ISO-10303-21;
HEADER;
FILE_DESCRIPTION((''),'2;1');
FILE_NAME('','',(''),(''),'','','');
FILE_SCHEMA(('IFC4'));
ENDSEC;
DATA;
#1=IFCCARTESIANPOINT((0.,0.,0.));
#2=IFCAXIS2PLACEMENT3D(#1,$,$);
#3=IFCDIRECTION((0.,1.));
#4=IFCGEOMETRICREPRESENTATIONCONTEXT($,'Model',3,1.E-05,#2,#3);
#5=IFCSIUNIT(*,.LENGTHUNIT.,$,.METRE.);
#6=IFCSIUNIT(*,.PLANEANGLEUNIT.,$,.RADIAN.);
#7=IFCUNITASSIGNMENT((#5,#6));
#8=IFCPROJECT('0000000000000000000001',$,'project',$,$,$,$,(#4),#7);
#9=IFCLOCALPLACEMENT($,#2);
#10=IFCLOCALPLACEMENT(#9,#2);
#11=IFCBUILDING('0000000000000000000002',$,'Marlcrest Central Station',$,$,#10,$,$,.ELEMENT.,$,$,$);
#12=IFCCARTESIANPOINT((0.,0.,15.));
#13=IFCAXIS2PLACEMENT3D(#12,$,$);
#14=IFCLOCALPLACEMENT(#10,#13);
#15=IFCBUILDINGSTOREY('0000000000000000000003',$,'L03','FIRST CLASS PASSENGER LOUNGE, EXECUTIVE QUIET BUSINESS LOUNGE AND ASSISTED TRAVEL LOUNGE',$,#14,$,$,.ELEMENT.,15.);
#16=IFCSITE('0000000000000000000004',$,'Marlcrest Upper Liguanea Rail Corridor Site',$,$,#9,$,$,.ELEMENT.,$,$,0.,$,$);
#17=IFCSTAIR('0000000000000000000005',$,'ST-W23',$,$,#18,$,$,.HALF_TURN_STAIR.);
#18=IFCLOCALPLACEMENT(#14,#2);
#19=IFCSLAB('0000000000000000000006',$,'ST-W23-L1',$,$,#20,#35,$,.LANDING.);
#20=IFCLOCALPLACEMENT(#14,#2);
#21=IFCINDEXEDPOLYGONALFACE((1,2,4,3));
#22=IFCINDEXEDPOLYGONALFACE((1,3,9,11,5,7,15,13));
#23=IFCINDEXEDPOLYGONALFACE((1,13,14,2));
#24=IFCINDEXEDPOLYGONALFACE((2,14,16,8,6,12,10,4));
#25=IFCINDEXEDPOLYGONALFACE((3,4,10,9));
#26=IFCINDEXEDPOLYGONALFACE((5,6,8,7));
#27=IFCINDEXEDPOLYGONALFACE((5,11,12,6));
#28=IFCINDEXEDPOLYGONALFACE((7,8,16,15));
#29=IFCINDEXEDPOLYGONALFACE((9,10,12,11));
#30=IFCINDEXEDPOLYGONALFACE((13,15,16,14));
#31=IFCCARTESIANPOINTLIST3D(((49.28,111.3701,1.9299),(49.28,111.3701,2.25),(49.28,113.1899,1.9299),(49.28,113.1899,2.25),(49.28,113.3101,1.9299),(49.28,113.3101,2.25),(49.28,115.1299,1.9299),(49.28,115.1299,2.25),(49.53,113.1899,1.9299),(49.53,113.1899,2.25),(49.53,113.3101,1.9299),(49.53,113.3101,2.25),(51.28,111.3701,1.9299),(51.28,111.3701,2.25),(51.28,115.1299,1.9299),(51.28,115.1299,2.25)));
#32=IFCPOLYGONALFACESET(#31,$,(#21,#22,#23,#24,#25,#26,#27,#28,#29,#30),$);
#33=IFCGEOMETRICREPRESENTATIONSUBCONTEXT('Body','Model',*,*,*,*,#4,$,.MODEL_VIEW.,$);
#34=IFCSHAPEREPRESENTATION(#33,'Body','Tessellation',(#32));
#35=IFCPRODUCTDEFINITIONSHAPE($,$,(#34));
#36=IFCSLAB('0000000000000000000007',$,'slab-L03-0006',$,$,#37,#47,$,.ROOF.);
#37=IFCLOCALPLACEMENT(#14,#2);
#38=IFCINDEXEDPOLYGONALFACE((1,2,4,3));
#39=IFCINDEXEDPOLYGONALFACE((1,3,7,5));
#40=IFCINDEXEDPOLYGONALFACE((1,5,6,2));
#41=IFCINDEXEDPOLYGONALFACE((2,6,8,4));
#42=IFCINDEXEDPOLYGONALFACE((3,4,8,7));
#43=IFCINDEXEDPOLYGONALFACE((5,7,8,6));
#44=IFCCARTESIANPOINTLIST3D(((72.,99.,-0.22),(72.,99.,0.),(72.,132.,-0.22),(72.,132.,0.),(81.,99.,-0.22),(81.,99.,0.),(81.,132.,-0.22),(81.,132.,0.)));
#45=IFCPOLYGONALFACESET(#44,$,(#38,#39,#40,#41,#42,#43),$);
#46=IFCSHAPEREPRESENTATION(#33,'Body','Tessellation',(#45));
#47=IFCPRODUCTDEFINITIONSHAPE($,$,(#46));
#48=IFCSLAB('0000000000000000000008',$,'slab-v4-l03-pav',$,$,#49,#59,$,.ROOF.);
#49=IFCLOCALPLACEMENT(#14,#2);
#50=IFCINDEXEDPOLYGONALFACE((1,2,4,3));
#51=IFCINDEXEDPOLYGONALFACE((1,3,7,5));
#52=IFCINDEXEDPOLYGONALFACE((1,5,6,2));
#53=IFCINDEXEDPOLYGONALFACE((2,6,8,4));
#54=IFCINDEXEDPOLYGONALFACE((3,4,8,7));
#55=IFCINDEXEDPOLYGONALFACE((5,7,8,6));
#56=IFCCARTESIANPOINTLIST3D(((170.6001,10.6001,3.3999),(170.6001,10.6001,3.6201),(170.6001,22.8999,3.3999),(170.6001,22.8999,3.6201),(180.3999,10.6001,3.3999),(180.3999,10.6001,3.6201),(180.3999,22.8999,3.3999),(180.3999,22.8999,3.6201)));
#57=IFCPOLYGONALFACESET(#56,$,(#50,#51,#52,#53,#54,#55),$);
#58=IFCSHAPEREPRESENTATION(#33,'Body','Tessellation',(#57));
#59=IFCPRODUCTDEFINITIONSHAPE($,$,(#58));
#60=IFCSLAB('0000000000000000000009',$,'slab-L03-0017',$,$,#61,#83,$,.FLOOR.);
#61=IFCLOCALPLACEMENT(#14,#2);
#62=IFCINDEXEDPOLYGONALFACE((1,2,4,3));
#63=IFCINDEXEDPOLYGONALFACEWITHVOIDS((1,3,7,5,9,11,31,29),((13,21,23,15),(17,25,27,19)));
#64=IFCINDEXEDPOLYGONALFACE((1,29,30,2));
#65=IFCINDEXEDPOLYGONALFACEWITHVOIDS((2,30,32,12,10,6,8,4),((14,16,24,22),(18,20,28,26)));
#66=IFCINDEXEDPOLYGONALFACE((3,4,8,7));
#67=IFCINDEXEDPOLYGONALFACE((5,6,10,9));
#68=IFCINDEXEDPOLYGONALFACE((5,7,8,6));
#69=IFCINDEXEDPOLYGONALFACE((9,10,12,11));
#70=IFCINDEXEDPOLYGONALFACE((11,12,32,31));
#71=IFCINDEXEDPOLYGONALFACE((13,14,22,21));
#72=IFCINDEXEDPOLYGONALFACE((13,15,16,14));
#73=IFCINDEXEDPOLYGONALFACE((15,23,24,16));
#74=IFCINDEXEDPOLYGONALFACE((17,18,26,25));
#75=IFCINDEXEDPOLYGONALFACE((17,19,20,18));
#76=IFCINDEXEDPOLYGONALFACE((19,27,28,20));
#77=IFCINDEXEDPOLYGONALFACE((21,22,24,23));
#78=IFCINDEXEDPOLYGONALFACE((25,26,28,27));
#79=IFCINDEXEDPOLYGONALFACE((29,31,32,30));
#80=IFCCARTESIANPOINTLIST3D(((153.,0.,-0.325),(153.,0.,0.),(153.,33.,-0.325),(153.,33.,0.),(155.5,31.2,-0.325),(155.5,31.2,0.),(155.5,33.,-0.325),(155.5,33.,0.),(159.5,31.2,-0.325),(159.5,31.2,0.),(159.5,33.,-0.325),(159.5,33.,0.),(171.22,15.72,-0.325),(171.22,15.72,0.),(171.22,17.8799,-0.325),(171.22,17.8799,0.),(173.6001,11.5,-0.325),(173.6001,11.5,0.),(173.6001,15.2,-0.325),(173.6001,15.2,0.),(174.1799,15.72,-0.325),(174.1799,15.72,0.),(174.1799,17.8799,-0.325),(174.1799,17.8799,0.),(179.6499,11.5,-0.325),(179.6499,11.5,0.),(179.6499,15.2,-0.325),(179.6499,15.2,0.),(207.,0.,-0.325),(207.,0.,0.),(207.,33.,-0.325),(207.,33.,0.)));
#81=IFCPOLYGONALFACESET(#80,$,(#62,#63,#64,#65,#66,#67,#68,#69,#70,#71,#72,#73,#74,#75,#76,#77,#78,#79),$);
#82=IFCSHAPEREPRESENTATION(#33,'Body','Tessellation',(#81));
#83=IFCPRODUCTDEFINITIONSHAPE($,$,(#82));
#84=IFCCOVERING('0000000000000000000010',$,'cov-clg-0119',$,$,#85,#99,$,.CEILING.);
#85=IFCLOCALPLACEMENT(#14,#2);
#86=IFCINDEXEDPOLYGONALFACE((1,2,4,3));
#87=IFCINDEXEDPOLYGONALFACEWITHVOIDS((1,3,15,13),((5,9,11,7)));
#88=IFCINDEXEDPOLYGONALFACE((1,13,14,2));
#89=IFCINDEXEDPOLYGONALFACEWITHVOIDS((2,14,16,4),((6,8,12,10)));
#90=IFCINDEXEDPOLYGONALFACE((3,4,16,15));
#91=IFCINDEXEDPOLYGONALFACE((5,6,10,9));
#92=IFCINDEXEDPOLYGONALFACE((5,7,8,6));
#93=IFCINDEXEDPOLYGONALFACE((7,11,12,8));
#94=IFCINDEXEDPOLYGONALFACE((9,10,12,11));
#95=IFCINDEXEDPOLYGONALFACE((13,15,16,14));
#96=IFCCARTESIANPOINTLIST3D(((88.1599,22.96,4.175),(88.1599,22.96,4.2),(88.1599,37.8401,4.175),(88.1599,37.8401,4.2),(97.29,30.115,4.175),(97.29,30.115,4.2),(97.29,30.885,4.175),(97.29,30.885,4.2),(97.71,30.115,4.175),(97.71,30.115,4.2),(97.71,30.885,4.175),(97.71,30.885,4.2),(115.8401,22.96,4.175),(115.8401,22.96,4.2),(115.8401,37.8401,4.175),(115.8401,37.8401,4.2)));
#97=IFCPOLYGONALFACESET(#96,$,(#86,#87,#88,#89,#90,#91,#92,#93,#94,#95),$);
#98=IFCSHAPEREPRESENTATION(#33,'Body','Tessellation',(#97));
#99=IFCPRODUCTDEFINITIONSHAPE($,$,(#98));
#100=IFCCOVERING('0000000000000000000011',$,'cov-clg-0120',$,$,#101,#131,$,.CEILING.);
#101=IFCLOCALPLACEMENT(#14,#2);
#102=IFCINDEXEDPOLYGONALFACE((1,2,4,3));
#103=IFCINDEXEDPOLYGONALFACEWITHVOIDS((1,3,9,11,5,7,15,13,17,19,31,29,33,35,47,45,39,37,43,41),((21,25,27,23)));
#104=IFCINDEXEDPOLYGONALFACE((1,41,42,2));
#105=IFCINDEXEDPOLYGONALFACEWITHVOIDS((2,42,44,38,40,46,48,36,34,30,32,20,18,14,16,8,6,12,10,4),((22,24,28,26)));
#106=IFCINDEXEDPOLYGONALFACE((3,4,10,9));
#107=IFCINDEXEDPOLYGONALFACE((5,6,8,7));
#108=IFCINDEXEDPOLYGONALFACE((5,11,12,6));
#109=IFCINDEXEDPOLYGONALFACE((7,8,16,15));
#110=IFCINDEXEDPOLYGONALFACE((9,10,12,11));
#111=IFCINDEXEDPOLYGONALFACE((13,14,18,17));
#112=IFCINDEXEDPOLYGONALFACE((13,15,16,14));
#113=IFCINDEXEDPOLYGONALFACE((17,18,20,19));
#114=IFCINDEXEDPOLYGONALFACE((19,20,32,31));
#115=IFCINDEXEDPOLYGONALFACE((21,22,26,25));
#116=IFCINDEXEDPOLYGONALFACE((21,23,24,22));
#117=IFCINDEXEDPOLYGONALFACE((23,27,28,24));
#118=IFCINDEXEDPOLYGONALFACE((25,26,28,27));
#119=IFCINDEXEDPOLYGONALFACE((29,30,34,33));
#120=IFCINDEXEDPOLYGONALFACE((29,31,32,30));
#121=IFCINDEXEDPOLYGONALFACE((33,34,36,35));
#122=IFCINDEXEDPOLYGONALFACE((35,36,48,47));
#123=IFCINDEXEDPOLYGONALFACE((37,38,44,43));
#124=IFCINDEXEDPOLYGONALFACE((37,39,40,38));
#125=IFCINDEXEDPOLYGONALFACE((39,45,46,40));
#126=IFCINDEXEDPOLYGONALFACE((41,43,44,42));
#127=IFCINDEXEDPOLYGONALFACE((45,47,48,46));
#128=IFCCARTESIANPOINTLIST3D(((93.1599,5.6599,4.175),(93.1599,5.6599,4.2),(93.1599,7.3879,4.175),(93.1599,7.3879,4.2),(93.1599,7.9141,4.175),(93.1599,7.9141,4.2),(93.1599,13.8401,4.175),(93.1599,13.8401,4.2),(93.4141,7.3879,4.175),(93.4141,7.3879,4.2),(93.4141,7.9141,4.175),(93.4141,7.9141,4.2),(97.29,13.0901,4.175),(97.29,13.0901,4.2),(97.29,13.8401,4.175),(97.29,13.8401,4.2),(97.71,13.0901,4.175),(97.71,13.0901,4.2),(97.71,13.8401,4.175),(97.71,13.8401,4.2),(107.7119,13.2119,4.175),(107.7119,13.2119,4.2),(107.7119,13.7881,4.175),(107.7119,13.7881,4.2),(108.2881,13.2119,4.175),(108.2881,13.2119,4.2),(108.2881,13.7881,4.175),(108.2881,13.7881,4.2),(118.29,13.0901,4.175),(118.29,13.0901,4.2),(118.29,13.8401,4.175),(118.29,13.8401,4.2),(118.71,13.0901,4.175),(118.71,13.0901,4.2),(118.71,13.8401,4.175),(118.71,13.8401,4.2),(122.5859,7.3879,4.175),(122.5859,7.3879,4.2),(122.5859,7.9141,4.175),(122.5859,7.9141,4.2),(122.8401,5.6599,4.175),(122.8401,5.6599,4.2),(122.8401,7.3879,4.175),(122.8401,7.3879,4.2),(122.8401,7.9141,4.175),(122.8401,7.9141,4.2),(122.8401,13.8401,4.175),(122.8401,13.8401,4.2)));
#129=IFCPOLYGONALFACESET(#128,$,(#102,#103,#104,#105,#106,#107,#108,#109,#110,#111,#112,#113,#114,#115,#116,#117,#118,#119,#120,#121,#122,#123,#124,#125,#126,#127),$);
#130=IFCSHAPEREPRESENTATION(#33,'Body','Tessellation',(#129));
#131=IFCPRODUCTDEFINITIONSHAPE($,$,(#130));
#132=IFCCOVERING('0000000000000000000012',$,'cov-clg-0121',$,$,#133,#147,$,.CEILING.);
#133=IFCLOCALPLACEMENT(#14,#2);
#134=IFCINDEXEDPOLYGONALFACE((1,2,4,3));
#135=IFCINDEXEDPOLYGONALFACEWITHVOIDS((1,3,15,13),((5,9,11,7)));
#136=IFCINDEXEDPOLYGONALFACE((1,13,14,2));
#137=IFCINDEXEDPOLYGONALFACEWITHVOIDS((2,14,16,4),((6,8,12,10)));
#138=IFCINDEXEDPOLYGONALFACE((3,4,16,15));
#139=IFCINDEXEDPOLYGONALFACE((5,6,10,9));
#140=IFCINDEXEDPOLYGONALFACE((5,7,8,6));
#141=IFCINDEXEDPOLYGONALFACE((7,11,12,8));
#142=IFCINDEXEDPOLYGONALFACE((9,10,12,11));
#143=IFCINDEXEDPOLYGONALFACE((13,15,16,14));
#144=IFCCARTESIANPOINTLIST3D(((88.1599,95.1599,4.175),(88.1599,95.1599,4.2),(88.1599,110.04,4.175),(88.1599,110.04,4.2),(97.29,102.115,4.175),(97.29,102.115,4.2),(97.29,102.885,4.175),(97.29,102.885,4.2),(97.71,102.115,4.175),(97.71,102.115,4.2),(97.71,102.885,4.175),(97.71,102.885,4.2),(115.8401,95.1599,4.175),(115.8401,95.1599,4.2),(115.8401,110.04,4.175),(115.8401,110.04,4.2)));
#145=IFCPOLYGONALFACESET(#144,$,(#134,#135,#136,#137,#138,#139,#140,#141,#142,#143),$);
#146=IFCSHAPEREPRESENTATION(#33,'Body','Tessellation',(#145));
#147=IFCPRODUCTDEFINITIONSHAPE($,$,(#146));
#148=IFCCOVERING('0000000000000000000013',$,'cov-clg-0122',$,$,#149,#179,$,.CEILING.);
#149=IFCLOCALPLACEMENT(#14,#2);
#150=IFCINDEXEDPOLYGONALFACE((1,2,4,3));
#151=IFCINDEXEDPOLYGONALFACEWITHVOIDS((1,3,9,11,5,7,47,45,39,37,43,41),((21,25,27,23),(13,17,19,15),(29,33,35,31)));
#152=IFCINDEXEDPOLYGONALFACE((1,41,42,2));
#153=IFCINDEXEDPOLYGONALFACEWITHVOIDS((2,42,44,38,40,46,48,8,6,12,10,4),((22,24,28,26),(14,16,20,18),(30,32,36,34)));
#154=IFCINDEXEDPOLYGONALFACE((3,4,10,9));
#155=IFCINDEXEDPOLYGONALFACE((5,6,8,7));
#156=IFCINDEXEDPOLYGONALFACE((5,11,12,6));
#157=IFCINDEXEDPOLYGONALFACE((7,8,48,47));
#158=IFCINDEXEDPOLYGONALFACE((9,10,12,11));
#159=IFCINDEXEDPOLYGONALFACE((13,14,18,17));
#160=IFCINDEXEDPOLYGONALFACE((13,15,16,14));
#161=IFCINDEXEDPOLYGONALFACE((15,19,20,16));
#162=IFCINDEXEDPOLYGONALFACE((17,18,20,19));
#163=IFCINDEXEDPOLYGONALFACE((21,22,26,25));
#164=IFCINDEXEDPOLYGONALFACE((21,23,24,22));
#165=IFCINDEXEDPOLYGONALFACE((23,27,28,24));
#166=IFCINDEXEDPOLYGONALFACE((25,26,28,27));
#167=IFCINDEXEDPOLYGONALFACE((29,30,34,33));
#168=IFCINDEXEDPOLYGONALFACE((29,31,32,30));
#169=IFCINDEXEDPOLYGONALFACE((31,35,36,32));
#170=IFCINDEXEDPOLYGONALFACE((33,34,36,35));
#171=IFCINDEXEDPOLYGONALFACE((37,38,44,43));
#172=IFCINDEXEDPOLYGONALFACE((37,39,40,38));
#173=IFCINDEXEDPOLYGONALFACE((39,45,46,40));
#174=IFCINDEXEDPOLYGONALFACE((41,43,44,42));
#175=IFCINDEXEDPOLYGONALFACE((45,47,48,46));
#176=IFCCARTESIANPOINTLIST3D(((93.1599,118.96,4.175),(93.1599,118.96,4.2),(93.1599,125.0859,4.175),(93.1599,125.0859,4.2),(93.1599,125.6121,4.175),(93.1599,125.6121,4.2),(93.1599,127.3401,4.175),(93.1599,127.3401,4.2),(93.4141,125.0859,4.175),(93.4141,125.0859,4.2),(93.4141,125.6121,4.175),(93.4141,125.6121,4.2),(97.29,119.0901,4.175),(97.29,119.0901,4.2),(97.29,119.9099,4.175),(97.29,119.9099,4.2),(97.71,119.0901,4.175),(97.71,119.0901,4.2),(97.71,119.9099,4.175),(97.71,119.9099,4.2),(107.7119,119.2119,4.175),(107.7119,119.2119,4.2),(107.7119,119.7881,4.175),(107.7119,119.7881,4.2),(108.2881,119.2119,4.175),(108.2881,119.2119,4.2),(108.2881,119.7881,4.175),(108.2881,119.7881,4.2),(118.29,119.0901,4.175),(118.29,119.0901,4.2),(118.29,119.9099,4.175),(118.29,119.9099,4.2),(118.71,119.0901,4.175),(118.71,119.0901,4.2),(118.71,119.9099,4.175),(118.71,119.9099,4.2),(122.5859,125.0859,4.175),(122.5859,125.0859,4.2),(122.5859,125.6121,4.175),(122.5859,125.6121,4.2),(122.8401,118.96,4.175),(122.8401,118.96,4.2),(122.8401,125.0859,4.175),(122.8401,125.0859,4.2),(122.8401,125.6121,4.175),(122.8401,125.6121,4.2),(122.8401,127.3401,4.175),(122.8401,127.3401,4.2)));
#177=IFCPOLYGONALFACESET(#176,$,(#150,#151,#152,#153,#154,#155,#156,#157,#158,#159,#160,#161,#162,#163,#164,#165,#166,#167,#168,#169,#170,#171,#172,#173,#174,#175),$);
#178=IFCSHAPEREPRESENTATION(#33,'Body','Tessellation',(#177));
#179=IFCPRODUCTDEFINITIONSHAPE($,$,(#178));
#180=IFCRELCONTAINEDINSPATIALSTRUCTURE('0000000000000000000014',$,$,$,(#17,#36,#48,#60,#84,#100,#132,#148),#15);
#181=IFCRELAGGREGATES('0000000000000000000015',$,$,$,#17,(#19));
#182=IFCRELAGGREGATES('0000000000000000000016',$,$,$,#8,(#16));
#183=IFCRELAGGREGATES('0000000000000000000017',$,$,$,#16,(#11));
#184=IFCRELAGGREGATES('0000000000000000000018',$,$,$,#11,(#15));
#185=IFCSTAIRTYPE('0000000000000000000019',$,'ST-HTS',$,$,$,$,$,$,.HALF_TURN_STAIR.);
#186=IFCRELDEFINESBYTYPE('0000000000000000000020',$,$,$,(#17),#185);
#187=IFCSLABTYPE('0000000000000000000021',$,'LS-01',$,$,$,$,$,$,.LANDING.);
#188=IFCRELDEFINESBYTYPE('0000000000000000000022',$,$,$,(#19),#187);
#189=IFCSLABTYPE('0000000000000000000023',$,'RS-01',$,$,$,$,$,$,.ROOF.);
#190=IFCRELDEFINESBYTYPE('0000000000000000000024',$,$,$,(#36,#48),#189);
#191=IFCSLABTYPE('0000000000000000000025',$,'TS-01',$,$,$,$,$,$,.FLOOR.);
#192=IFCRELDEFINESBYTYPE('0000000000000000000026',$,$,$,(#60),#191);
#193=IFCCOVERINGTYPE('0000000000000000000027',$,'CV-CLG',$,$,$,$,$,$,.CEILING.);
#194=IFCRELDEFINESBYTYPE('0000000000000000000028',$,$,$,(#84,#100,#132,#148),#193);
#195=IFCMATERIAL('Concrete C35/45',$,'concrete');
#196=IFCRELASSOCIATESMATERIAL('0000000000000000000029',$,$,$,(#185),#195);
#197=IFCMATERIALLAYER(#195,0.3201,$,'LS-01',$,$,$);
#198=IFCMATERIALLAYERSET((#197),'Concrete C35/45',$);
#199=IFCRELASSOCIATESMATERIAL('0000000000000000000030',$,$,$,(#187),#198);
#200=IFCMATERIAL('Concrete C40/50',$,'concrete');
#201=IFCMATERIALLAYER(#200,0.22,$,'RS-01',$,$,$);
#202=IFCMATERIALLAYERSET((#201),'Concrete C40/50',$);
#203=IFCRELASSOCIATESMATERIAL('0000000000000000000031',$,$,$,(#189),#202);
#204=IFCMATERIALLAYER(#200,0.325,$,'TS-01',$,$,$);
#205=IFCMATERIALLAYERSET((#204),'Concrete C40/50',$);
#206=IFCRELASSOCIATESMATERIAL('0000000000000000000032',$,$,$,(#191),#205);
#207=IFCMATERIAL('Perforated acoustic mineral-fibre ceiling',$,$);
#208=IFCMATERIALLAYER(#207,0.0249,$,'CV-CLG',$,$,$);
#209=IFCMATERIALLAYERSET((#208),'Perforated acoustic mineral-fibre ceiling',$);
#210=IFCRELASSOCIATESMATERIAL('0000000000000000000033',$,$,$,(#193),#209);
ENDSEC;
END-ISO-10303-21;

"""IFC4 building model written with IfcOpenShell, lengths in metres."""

from ifc_helpers import new_model, si_unit, direction, frame, origin, place, context, subcontext, project, spatial, polyline, outline, extrude, material, layer, layer_set, type_object, element, aggregate, save


model = new_model("IFC4")

# Units and contexts
model_context = context("Model", 3, precision=1e-05, world=origin(), true_north=direction((0.0, 1.0)))
body_context = subcontext(model_context, "Body", "Model", "MODEL_VIEW")
ifc_project = project(units=[si_unit("LENGTHUNIT", "METRE"), si_unit("PLANEANGLEUNIT", "RADIAN")], contexts=[model_context])

# Site, building, storey
site_placement = place(None, origin())
site = spatial("IfcSite", under=ifc_project, at=site_placement, Name="Marlcrest Upper Liguanea Rail Corridor Site", CompositionType="ELEMENT", RefElevation=0.0)
building_placement = place(site_placement, origin())
building = spatial("IfcBuilding", under=site, at=building_placement, Name="Marlcrest Central Station", CompositionType="ELEMENT")
storey_placement = place(building_placement, frame((0.0, 0.0, 15.0)))
storey = spatial("IfcBuildingStorey", under=building, at=storey_placement, Name="L03", Description="FIRST CLASS PASSENGER LOUNGE, EXECUTIVE QUIET BUSINESS LOUNGE AND ASSISTED TRAVEL LOUNGE", CompositionType="ELEMENT", Elevation=15.0)

# Shared definitions
ifc_material_1 = material(Name="Concrete C35/45", Category="concrete")

# Stair, slab
stair_type = type_object("IfcStairType", Name="ST-HTS", PredefinedType="HALF_TURN_STAIR", material=ifc_material_1)
ifc_layer_1 = layer(ifc_material_1, 0.3201, Name="LS-01")
ifc_layer_set_1 = layer_set([ifc_layer_1], Name="Concrete C35/45")
slab_type_1 = type_object("IfcSlabType", Name="LS-01", PredefinedType="LANDING", material=ifc_layer_set_1)
stair_1_placement = place(storey_placement, origin())
stair_1 = element("IfcStair", 1, at=stair_1_placement, inside=storey, type_object=stair_type, Name="ST-W23", PredefinedType="HALF_TURN_STAIR")
slab_1_placement = place(storey_placement, frame((0.0, 0.0, 1.9299)))
slab_1 = element("IfcSlab", 2, at=slab_1_placement, type_object=slab_type_1, Name="ST-W23-L1", PredefinedType="LANDING", context=body_context, shape_type="SweptSolid", body=[
    extrude(outline(polyline([(49.28, 111.3701), (51.28, 111.3701), (51.28, 115.1299), (49.28, 115.1299), (49.28, 113.3101), (49.53, 113.3101), (49.53, 113.1899), (49.28, 113.1899), (49.28, 111.3701)])), origin(), (0.0, 0.0, 1.0), 0.3201),
])
aggregate(stair_1, [slab_1])

# Slabs
ifc_material_2 = material(Name="Concrete C40/50", Category="concrete")
ifc_layer_2 = layer(ifc_material_2, 0.22, Name="RS-01")
ifc_layer_set_2 = layer_set([ifc_layer_2], Name="Concrete C40/50")
slab_type_2 = type_object("IfcSlabType", Name="RS-01", PredefinedType="ROOF", material=ifc_layer_set_2)
slab_2_placement = place(storey_placement, frame((0.0, 0.0, -0.22)))
element("IfcSlab", 3, at=slab_2_placement, inside=storey, type_object=slab_type_2, Name="slab-L03-0006", PredefinedType="ROOF", context=body_context, shape_type="SweptSolid", body=[
    extrude(outline(polyline([(81.0, 132.0), (81.0, 99.0), (72.0, 99.0), (72.0, 132.0), (81.0, 132.0)])), origin(), (0.0, 0.0, 1.0), 0.22),
])
slab_3_placement = place(storey_placement, frame((0.0, 0.0, 3.3999)))
element("IfcSlab", 4, at=slab_3_placement, inside=storey, type_object=slab_type_2, Name="slab-v4-l03-pav", PredefinedType="ROOF", context=body_context, shape_type="SweptSolid", body=[
    extrude(outline(polyline([(170.6001, 10.6001), (180.3999, 10.6001), (180.3999, 22.8999), (170.6001, 22.8999), (170.6001, 10.6001)])), origin(), (0.0, 0.0, 1.0), 0.2202),
])
ifc_layer_3 = layer(ifc_material_2, 0.325, Name="TS-01")
ifc_layer_set_3 = layer_set([ifc_layer_3], Name="Concrete C40/50")
slab_type_3 = type_object("IfcSlabType", Name="TS-01", PredefinedType="FLOOR", material=ifc_layer_set_3)
slab_4_placement = place(storey_placement, frame((0.0, 0.0, -0.325)))
element("IfcSlab", 5, at=slab_4_placement, inside=storey, type_object=slab_type_3, Name="slab-L03-0017", PredefinedType="FLOOR", context=body_context, shape_type="SweptSolid", body=[
    extrude(outline(polyline([(153.0, 0.0), (207.0, 0.0), (207.0, 33.0), (159.5, 33.0), (159.5, 31.2), (155.5, 31.2), (155.5, 33.0), (153.0, 33.0), (153.0, 0.0)]), holes=[polyline([(173.6001, 11.5), (179.6499, 11.5), (179.6499, 15.2), (173.6001, 15.2), (173.6001, 11.5)]), polyline([(171.22, 15.72), (174.1799, 15.72), (174.1799, 17.8799), (171.22, 17.8799), (171.22, 15.72)])]), origin(), (0.0, 0.0, 1.0), 0.325),
])

# Coverings
ifc_material_3 = material(Name="Perforated acoustic mineral-fibre ceiling")
ifc_layer_4 = layer(ifc_material_3, 0.0249, Name="CV-CLG")
ifc_layer_set_4 = layer_set([ifc_layer_4], Name="Perforated acoustic mineral-fibre ceiling")
covering_type_1 = type_object("IfcCoveringType", Name="CV-CLG", PredefinedType="CEILING", material=ifc_layer_set_4)
covering_1_placement = place(storey_placement, frame((0.0, 0.0, 4.175)))
element("IfcCovering", 6, at=covering_1_placement, inside=storey, type_object=covering_type_1, Name="cov-clg-0119", PredefinedType="CEILING", context=body_context, shape_type="SweptSolid", body=[
    extrude(outline(polyline([(88.1599, 22.96), (88.1599, 37.8401), (115.8401, 37.8401), (115.8401, 22.96), (88.1599, 22.96)]), holes=[polyline([(97.71, 30.885), (97.29, 30.885), (97.29, 30.115), (97.71, 30.115), (97.71, 30.885)])]), origin(), (0.0, 0.0, 1.0), 0.0249),
])
covering_2_placement = place(storey_placement, frame((0.0, 0.0, 4.175)))
element("IfcCovering", 7, at=covering_2_placement, inside=storey, type_object=covering_type_1, Name="cov-clg-0120", PredefinedType="CEILING", context=body_context, shape_type="SweptSolid", body=[
    extrude(outline(polyline([(122.5859, 7.3879), (122.8401, 7.3879), (122.8401, 5.6599), (93.1599, 5.6599), (93.1599, 7.3879), (93.4141, 7.3879), (93.4141, 7.9141), (93.1599, 7.9141), (93.1599, 13.8401), (97.29, 13.8401), (97.29, 13.0901), (97.71, 13.0901), (97.71, 13.8401), (118.29, 13.8401), (118.29, 13.0901), (118.71, 13.0901), (118.71, 13.8401), (122.8401, 13.8401), (122.8401, 7.9141), (122.5859, 7.9141), (122.5859, 7.3879)]), holes=[polyline([(107.7119, 13.7881), (107.7119, 13.2119), (108.2881, 13.2119), (108.2881, 13.7881), (107.7119, 13.7881)])]), origin(), (0.0, 0.0, 1.0), 0.0249),
])
covering_3_placement = place(storey_placement, frame((0.0, 0.0, 4.175)))
element("IfcCovering", 8, at=covering_3_placement, inside=storey, type_object=covering_type_1, Name="cov-clg-0121", PredefinedType="CEILING", context=body_context, shape_type="SweptSolid", body=[
    extrude(outline(polyline([(88.1599, 95.1599), (88.1599, 110.04), (115.8401, 110.04), (115.8401, 95.1599), (88.1599, 95.1599)]), holes=[polyline([(97.71, 102.885), (97.29, 102.885), (97.29, 102.115), (97.71, 102.115), (97.71, 102.885)])]), origin(), (0.0, 0.0, 1.0), 0.0249),
])
covering_4_placement = place(storey_placement, frame((0.0, 0.0, 4.175)))
element("IfcCovering", 9, at=covering_4_placement, inside=storey, type_object=covering_type_1, Name="cov-clg-0122", PredefinedType="CEILING", context=body_context, shape_type="SweptSolid", body=[
    extrude(outline(polyline([(122.5859, 125.0859), (122.8401, 125.0859), (122.8401, 118.96), (93.1599, 118.96), (93.1599, 125.0859), (93.4141, 125.0859), (93.4141, 125.6121), (93.1599, 125.6121), (93.1599, 127.3401), (122.8401, 127.3401), (122.8401, 125.6121), (122.5859, 125.6121), (122.5859, 125.0859)]), holes=[polyline([(97.29, 119.0901), (97.71, 119.0901), (97.71, 119.9099), (97.29, 119.9099), (97.29, 119.0901)]), polyline([(107.7119, 119.7881), (107.7119, 119.2119), (108.2881, 119.2119), (108.2881, 119.7881), (107.7119, 119.7881)]), polyline([(118.71, 119.9099), (118.29, 119.9099), (118.29, 119.0901), (118.71, 119.0901), (118.71, 119.9099)])]), origin(), (0.0, 0.0, 1.0), 0.0249),
])

save(model, "model.ifc")
